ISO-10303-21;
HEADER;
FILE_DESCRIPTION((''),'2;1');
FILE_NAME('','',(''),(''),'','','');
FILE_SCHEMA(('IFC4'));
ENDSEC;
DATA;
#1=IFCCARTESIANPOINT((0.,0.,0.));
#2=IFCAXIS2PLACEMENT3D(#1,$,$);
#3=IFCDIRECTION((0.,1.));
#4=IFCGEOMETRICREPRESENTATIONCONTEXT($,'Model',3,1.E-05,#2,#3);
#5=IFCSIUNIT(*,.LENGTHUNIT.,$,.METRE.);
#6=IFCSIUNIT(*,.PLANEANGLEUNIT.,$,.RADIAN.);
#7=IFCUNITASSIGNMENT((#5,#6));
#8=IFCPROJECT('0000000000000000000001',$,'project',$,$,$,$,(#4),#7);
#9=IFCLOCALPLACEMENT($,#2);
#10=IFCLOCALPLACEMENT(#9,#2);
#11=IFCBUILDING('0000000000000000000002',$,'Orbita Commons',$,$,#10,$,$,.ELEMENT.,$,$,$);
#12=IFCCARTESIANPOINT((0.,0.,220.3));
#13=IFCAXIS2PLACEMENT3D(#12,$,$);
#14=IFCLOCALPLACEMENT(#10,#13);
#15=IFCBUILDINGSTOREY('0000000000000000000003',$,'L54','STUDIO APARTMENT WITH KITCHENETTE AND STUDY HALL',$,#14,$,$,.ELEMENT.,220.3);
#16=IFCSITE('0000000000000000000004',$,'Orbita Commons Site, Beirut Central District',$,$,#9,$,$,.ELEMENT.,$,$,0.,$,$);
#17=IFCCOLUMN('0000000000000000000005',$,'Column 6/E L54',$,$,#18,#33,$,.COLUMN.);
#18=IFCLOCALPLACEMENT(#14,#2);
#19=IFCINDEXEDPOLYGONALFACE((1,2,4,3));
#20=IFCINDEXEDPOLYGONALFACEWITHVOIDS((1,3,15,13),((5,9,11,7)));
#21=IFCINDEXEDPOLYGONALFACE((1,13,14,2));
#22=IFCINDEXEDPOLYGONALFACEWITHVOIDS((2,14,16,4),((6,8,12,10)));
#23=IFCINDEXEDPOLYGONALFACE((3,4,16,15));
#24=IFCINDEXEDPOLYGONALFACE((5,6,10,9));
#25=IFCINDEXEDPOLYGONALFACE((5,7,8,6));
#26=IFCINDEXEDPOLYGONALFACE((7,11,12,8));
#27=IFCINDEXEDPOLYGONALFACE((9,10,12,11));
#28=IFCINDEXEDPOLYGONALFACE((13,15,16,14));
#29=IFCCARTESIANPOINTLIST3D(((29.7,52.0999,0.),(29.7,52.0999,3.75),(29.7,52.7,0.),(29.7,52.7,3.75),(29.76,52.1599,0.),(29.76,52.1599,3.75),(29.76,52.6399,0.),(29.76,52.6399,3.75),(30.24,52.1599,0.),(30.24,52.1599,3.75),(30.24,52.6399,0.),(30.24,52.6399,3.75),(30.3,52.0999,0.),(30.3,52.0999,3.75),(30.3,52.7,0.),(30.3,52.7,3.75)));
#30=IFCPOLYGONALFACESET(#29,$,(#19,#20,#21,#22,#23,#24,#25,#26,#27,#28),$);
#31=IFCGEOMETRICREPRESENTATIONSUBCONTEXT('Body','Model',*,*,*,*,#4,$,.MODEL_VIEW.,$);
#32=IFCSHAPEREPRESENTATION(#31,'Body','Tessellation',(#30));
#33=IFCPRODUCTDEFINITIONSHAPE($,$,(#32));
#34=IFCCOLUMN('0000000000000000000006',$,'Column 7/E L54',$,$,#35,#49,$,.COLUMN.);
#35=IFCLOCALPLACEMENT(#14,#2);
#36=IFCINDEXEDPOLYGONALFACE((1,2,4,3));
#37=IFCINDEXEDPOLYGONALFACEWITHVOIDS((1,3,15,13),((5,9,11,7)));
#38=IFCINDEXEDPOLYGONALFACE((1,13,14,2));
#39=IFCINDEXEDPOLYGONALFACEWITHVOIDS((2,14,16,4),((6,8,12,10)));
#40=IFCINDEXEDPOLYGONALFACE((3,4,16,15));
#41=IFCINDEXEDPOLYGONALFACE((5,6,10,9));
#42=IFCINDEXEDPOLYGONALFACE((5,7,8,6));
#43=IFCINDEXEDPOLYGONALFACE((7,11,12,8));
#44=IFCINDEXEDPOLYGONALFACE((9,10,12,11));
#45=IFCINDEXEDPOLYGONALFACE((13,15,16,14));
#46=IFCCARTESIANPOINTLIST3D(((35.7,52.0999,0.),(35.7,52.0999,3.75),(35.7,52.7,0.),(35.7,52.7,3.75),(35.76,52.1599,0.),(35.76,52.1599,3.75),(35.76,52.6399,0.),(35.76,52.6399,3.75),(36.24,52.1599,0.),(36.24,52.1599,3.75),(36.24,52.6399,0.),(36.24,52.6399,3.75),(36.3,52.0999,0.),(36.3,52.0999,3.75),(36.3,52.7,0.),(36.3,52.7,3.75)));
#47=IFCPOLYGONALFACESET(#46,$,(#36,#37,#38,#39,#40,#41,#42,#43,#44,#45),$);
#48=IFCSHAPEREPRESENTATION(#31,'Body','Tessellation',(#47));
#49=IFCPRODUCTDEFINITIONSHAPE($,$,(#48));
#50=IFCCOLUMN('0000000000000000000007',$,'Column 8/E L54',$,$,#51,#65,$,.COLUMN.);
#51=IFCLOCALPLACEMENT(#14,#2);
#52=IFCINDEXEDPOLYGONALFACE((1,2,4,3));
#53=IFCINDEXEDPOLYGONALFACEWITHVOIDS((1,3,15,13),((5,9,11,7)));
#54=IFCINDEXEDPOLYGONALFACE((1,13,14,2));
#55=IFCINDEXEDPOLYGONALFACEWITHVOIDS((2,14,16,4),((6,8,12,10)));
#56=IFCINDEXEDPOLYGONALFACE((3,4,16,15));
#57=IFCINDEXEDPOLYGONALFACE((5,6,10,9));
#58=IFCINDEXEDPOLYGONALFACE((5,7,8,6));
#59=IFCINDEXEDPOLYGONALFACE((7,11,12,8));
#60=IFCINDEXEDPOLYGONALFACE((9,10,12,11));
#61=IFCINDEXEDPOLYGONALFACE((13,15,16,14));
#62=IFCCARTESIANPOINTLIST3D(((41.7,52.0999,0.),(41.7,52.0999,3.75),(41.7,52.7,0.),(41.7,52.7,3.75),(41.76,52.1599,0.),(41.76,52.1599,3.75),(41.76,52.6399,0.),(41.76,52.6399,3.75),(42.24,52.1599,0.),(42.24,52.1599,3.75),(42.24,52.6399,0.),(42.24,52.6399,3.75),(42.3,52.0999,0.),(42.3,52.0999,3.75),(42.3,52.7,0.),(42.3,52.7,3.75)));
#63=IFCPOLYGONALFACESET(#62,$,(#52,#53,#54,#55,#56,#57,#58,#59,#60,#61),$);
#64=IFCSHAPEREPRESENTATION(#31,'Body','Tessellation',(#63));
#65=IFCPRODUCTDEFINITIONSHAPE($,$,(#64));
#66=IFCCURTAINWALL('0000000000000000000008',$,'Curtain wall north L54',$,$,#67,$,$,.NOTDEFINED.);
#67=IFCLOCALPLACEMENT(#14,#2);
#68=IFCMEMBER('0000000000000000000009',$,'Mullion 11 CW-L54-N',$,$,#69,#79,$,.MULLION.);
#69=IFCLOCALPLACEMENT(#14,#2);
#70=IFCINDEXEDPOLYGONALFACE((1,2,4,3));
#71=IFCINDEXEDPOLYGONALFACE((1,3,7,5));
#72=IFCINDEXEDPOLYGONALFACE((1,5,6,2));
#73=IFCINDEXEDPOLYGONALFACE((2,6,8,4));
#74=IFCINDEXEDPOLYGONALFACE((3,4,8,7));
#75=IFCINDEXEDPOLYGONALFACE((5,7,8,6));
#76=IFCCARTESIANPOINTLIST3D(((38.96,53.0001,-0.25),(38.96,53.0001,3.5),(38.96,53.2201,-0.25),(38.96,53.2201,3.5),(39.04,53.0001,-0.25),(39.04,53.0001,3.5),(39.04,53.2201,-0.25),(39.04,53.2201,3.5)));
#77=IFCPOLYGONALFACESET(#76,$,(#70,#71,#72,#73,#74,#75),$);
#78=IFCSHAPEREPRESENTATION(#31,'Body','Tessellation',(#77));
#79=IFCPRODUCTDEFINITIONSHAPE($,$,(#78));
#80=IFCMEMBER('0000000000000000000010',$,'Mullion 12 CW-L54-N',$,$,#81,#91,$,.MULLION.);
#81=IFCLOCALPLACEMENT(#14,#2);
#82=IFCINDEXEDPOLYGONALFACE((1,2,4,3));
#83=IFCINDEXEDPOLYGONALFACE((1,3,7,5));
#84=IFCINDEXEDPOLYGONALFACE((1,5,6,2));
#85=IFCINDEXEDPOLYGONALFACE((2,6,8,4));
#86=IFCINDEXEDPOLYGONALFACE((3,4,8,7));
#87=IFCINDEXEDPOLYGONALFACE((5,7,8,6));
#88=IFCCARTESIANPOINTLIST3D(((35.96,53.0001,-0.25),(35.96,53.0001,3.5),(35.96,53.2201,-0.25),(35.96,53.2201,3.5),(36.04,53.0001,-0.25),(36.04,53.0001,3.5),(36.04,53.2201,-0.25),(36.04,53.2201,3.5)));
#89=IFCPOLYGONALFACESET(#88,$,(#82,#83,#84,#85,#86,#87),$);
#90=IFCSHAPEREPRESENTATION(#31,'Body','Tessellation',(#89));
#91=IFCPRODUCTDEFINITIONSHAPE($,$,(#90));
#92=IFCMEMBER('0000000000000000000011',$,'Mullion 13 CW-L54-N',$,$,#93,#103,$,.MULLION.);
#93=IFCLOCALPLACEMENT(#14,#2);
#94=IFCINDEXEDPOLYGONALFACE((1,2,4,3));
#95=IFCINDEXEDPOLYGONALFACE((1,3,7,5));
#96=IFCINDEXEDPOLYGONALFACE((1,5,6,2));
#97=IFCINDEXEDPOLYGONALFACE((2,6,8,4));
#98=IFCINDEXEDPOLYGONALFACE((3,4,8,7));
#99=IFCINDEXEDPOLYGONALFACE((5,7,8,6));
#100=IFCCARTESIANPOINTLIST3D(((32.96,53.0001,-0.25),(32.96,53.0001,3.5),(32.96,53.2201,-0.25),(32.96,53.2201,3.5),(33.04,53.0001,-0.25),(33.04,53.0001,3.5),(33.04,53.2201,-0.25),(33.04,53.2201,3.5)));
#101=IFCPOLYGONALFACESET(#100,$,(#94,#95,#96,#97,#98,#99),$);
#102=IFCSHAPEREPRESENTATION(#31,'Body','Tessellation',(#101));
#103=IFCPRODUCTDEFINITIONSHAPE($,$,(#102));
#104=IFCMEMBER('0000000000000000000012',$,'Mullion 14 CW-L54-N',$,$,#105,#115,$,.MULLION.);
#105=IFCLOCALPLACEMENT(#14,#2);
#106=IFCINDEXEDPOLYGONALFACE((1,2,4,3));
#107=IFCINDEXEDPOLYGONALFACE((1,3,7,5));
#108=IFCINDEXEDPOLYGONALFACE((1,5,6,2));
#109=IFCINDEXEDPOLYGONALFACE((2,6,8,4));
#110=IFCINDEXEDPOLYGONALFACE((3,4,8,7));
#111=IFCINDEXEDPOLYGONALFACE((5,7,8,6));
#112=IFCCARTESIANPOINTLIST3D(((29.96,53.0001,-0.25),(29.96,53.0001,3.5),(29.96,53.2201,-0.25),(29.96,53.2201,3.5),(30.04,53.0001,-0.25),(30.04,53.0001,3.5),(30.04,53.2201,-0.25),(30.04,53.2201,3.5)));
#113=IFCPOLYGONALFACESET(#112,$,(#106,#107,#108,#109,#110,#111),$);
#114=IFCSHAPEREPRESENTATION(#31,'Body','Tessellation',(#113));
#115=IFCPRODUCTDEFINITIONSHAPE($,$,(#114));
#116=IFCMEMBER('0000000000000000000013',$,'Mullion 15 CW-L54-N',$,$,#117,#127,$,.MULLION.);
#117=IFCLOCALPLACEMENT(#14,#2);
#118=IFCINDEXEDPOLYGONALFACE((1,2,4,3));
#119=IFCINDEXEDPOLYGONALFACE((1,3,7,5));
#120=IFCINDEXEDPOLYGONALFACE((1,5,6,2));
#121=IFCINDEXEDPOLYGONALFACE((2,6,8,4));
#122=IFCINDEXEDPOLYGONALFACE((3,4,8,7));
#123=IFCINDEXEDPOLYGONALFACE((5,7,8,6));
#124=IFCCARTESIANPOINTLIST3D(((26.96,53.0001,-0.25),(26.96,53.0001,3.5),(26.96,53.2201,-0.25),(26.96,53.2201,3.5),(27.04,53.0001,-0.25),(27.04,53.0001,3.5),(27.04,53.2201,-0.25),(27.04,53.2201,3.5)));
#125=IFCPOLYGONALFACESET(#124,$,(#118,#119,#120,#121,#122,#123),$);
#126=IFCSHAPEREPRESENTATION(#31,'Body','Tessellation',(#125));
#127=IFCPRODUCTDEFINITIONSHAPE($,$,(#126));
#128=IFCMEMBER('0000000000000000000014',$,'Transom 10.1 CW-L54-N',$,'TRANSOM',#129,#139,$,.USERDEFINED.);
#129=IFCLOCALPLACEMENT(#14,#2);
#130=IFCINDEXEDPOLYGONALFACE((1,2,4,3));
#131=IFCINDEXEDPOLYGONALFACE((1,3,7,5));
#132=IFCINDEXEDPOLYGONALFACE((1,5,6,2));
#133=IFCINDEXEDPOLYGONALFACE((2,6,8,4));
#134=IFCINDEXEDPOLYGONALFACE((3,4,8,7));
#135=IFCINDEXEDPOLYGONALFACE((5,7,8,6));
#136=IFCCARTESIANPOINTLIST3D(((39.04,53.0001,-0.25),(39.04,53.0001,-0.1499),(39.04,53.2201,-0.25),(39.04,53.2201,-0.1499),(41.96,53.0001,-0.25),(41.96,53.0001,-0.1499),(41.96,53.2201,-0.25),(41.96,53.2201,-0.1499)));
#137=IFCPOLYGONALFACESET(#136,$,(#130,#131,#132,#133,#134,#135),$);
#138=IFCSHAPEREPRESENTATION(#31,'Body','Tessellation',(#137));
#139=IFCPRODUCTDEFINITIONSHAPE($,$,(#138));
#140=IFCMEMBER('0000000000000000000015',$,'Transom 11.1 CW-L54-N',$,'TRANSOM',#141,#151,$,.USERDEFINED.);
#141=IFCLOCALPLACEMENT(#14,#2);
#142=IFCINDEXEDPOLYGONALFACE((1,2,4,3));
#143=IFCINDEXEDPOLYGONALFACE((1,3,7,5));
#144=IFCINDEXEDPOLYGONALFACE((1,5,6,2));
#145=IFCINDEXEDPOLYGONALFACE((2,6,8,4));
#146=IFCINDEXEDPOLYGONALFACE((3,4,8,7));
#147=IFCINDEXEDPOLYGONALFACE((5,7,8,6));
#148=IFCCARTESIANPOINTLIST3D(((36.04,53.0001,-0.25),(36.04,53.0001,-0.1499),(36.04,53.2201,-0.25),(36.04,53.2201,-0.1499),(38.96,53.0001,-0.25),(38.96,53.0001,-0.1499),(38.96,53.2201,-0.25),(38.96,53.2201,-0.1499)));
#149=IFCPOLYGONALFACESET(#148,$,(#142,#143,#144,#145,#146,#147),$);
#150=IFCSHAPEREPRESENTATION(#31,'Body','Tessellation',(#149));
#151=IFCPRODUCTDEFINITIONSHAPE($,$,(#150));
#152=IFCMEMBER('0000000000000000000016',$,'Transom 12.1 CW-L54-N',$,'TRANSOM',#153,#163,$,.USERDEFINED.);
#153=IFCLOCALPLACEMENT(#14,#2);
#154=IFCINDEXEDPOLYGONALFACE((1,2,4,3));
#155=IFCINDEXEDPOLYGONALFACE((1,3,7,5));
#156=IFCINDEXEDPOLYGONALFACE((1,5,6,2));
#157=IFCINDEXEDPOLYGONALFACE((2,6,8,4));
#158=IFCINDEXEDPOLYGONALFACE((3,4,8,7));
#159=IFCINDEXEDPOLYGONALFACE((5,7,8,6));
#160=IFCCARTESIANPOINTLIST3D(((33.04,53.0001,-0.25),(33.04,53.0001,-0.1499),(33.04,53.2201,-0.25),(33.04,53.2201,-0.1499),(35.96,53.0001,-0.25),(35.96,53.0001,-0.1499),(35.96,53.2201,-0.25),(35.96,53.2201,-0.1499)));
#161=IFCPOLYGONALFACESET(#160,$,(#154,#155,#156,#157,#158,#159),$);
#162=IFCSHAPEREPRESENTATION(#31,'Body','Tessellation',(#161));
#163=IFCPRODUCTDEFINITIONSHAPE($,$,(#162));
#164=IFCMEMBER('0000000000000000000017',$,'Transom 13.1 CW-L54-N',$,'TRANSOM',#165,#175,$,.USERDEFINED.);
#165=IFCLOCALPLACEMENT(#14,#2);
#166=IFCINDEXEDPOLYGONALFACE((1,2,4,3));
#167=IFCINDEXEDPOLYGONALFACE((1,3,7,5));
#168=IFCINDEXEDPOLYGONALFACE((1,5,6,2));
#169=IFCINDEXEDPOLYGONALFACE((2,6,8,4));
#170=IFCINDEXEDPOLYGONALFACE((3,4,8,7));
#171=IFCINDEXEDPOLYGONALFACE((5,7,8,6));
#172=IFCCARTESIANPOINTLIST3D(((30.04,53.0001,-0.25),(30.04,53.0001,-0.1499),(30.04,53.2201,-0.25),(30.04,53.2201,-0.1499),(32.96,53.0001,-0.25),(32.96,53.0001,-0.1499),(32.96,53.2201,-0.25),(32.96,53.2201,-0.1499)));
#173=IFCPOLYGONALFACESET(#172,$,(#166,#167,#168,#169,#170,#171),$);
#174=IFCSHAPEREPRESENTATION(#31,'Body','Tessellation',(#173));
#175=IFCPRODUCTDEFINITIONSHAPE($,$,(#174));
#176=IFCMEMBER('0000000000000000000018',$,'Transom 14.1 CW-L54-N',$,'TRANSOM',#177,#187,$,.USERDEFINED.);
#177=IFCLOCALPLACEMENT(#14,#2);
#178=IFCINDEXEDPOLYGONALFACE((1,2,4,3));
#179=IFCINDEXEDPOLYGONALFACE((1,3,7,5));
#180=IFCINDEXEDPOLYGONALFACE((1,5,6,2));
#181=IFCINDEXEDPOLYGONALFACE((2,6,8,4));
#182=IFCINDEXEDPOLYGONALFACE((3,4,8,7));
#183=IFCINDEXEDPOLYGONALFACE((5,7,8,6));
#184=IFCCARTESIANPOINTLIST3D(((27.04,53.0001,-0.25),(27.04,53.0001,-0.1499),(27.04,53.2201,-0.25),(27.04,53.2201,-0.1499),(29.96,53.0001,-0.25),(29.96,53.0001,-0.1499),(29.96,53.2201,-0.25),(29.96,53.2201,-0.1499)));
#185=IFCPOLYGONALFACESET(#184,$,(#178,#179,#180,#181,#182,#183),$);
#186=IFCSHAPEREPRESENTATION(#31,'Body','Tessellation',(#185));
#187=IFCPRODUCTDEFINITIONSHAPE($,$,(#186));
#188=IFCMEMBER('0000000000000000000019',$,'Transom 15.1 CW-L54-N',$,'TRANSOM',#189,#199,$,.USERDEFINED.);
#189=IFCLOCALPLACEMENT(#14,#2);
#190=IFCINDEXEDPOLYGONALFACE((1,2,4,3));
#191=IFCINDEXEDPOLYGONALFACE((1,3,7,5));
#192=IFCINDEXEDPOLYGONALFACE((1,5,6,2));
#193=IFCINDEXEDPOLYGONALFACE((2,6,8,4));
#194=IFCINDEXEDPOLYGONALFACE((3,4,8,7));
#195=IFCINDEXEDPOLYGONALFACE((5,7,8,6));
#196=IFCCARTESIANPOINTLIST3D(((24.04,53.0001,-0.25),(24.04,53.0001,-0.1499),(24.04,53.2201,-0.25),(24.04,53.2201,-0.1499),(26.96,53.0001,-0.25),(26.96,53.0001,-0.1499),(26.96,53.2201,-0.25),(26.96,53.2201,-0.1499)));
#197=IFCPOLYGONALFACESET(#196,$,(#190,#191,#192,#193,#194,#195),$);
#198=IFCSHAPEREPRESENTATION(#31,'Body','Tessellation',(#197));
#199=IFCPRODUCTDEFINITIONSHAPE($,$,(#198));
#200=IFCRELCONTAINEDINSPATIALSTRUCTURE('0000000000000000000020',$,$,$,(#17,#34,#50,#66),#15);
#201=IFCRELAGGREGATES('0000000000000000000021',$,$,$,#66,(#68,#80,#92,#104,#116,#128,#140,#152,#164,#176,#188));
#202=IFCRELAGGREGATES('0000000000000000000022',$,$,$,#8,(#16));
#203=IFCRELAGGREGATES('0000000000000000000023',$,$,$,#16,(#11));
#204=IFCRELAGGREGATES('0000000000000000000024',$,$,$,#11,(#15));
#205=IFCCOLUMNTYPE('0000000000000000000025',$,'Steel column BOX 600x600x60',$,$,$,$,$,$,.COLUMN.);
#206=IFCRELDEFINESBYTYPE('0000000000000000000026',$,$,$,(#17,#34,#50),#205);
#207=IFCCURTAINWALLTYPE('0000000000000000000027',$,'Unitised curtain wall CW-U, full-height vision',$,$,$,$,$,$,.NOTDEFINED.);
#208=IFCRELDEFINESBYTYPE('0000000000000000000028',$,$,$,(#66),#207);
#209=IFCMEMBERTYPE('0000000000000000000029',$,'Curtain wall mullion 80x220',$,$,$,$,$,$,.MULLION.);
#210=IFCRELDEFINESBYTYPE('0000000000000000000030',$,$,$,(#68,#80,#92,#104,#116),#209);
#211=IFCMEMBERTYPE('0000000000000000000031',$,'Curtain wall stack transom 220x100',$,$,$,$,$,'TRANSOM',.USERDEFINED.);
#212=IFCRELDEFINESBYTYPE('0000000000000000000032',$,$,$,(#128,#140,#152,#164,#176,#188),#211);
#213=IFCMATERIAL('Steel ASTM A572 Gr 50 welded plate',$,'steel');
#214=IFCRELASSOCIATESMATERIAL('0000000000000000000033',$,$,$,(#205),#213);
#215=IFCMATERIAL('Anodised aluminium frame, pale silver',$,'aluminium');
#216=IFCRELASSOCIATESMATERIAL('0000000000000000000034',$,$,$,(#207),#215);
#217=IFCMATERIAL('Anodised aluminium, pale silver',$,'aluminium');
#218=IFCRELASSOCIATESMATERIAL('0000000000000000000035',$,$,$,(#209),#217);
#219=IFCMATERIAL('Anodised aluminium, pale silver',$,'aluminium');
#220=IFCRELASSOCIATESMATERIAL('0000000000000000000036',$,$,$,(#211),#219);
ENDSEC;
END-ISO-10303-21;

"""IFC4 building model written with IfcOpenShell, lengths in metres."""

from ifc_helpers import new_model, si_unit, direction, frame, origin, origin_2d, place, context, subcontext, project, spatial, rectangle, hollow_rectangle, extrude, material, material_profile, profile_set, type_object, element, aggregate, save


model = new_model("IFC4")

# Units and contexts
model_context = context("Model", 3, precision=1e-05, world=origin(), true_north=direction((0.0, 1.0)))
body_context = subcontext(model_context, "Body", "Model", "MODEL_VIEW")
ifc_project = project(units=[si_unit("LENGTHUNIT", "METRE"), si_unit("PLANEANGLEUNIT", "RADIAN")], contexts=[model_context])

# Site, building, storey
site_placement = place(None, origin())
site = spatial("IfcSite", under=ifc_project, at=site_placement, Name="Orbita Commons Site, Beirut Central District", CompositionType="ELEMENT", RefElevation=0.0)
building_placement = place(site_placement, origin())
building = spatial("IfcBuilding", under=site, at=building_placement, Name="Orbita Commons", CompositionType="ELEMENT")
storey_placement = place(building_placement, frame((0.0, 0.0, 220.3)))
storey = spatial("IfcBuildingStorey", under=building, at=storey_placement, Name="L54", Description="STUDIO APARTMENT WITH KITCHENETTE AND STUDY HALL", CompositionType="ELEMENT", Elevation=220.3)

# Columns
ifc_material_1 = material(Name="Steel ASTM A572 Gr 50 welded plate", Category="steel")
ifc_material_profile_1 = material_profile(ifc_material_1, hollow_rectangle(XDim=0.6001, YDim=0.6001, WallThickness=0.0601, at=origin_2d()), Name="BOX 600x600x60")
ifc_profile_set_1 = profile_set([ifc_material_profile_1], Name="Steel ASTM A572 Gr 50 welded plate")
column_type = type_object("IfcColumnType", Name="Steel column BOX 600x600x60", PredefinedType="COLUMN", material=ifc_profile_set_1)
for number, where, z_axis, x_axis, name in (
    (1, (30.0, 52.3999, 0.0), (0.0, 0.0, 1.0), (1.0, 0.0, 0.0), "Column 6/E L54"),
    (2, (36.0, 52.3999, 0.0), (0.0, 0.0, 1.0), (1.0, 0.0, 0.0), "Column 7/E L54"),
    (3, (42.0, 52.3999, 0.0), (0.0, 0.0, 1.0), (1.0, 0.0, 0.0), "Column 8/E L54"),
):
    element("IfcColumn", number, at=place(storey_placement, frame(where, z_axis=z_axis, x_axis=x_axis)), inside=storey, type_object=column_type, Name=name, PredefinedType="COLUMN", context=body_context, shape_type="SweptSolid", body=[
        extrude(hollow_rectangle(XDim=0.6001, YDim=0.6001, WallThickness=0.0601, at=origin_2d()), origin(), (0.0, 0.0, 1.0), 3.75),
    ])

# Curtain wall, members
ifc_material_2 = material(Name="Anodised aluminium frame, pale silver", Category="aluminium")
curtain_wall_type = type_object("IfcCurtainWallType", Name="Unitised curtain wall CW-U, full-height vision", PredefinedType="NOTDEFINED", material=ifc_material_2)
curtain_wall_placement = place(storey_placement, origin())
curtain_wall = element("IfcCurtainWall", 4, at=curtain_wall_placement, inside=storey, type_object=curtain_wall_type, Name="Curtain wall north L54", PredefinedType="NOTDEFINED")
ifc_material_3 = material(Name="Anodised aluminium, pale silver", Category="aluminium")
ifc_material_profile_2 = material_profile(ifc_material_3, rectangle(XDim=0.0801, YDim=0.22, at=origin_2d()), Name="AL 80x220")
ifc_profile_set_2 = profile_set([ifc_material_profile_2], Name="Anodised aluminium, pale silver")
member_type_1 = type_object("IfcMemberType", Name="Curtain wall mullion 80x220", PredefinedType="MULLION", material=ifc_profile_set_2)
member_1_placement = place(storey_placement, frame((39.0, 53.1101, -0.25), z_axis=(0.0, 0.0, 1.0), x_axis=(-1.0, 0.0, 0.0)))
member_1 = element("IfcMember", 5, at=member_1_placement, type_object=member_type_1, Name="Mullion 11 CW-L54-N", PredefinedType="MULLION", context=body_context, shape_type="SweptSolid", body=[
    extrude(rectangle(XDim=0.0801, YDim=0.22, at=origin_2d()), origin(), (0.0, 0.0, 1.0), 3.75),
])
member_2_placement = place(storey_placement, frame((36.0, 53.1101, -0.25), z_axis=(0.0, 0.0, 1.0), x_axis=(-1.0, 0.0, 0.0)))
member_2 = element("IfcMember", 6, at=member_2_placement, type_object=member_type_1, Name="Mullion 12 CW-L54-N", PredefinedType="MULLION", context=body_context, shape_type="SweptSolid", body=[
    extrude(rectangle(XDim=0.0801, YDim=0.22, at=origin_2d()), origin(), (0.0, 0.0, 1.0), 3.75),
])
member_3_placement = place(storey_placement, frame((33.0, 53.1101, -0.25), z_axis=(0.0, 0.0, 1.0), x_axis=(-1.0, 0.0, 0.0)))
member_3 = element("IfcMember", 7, at=member_3_placement, type_object=member_type_1, Name="Mullion 13 CW-L54-N", PredefinedType="MULLION", context=body_context, shape_type="SweptSolid", body=[
    extrude(rectangle(XDim=0.0801, YDim=0.22, at=origin_2d()), origin(), (0.0, 0.0, 1.0), 3.75),
])
member_4_placement = place(storey_placement, frame((30.0, 53.1101, -0.25), z_axis=(0.0, 0.0, 1.0), x_axis=(-1.0, 0.0, 0.0)))
member_4 = element("IfcMember", 8, at=member_4_placement, type_object=member_type_1, Name="Mullion 14 CW-L54-N", PredefinedType="MULLION", context=body_context, shape_type="SweptSolid", body=[
    extrude(rectangle(XDim=0.0801, YDim=0.22, at=origin_2d()), origin(), (0.0, 0.0, 1.0), 3.75),
])
member_5_placement = place(storey_placement, frame((27.0, 53.1101, -0.25), z_axis=(0.0, 0.0, 1.0), x_axis=(-1.0, 0.0, 0.0)))
member_5 = element("IfcMember", 9, at=member_5_placement, type_object=member_type_1, Name="Mullion 15 CW-L54-N", PredefinedType="MULLION", context=body_context, shape_type="SweptSolid", body=[
    extrude(rectangle(XDim=0.0801, YDim=0.22, at=origin_2d()), origin(), (0.0, 0.0, 1.0), 3.75),
])
ifc_material_4 = material(Name="Anodised aluminium, pale silver", Category="aluminium")
ifc_material_profile_3 = material_profile(ifc_material_4, rectangle(XDim=0.22, YDim=0.1001, at=origin_2d()), Name="AL 220x100")
ifc_profile_set_3 = profile_set([ifc_material_profile_3], Name="Anodised aluminium, pale silver")
member_type_2 = type_object("IfcMemberType", Name="Curtain wall stack transom 220x100", ElementType="TRANSOM", PredefinedType="USERDEFINED", material=ifc_profile_set_3)
member_6_placement = place(storey_placement, frame((41.96, 53.1101, -0.2), z_axis=(-1.0, 0.0, 0.0), x_axis=(0.0, -1.0, 0.0)))
member_6 = element("IfcMember", 10, at=member_6_placement, type_object=member_type_2, Name="Transom 10.1 CW-L54-N", ObjectType="TRANSOM", PredefinedType="USERDEFINED", context=body_context, shape_type="SweptSolid", body=[
    extrude(rectangle(XDim=0.22, YDim=0.1001, at=origin_2d()), origin(), (0.0, 0.0, 1.0), 2.9199),
])
member_7_placement = place(storey_placement, frame((38.96, 53.1101, -0.2), z_axis=(-1.0, 0.0, 0.0), x_axis=(0.0, -1.0, 0.0)))
member_7 = element("IfcMember", 11, at=member_7_placement, type_object=member_type_2, Name="Transom 11.1 CW-L54-N", ObjectType="TRANSOM", PredefinedType="USERDEFINED", context=body_context, shape_type="SweptSolid", body=[
    extrude(rectangle(XDim=0.22, YDim=0.1001, at=origin_2d()), origin(), (0.0, 0.0, 1.0), 2.9199),
])
member_8_placement = place(storey_placement, frame((35.96, 53.1101, -0.2), z_axis=(-1.0, 0.0, 0.0), x_axis=(0.0, -1.0, 0.0)))
member_8 = element("IfcMember", 12, at=member_8_placement, type_object=member_type_2, Name="Transom 12.1 CW-L54-N", ObjectType="TRANSOM", PredefinedType="USERDEFINED", context=body_context, shape_type="SweptSolid", body=[
    extrude(rectangle(XDim=0.22, YDim=0.1001, at=origin_2d()), origin(), (0.0, 0.0, 1.0), 2.9199),
])
member_9_placement = place(storey_placement, frame((32.96, 53.1101, -0.2), z_axis=(-1.0, 0.0, 0.0), x_axis=(0.0, -1.0, 0.0)))
member_9 = element("IfcMember", 13, at=member_9_placement, type_object=member_type_2, Name="Transom 13.1 CW-L54-N", ObjectType="TRANSOM", PredefinedType="USERDEFINED", context=body_context, shape_type="SweptSolid", body=[
    extrude(rectangle(XDim=0.22, YDim=0.1001, at=origin_2d()), origin(), (0.0, 0.0, 1.0), 2.9199),
])
member_10_placement = place(storey_placement, frame((29.96, 53.1101, -0.2), z_axis=(-1.0, 0.0, 0.0), x_axis=(0.0, -1.0, 0.0)))
member_10 = element("IfcMember", 14, at=member_10_placement, type_object=member_type_2, Name="Transom 14.1 CW-L54-N", ObjectType="TRANSOM", PredefinedType="USERDEFINED", context=body_context, shape_type="SweptSolid", body=[
    extrude(rectangle(XDim=0.22, YDim=0.1001, at=origin_2d()), origin(), (0.0, 0.0, 1.0), 2.9199),
])
member_11_placement = place(storey_placement, frame((26.96, 53.1101, -0.2), z_axis=(-1.0, 0.0, 0.0), x_axis=(0.0, -1.0, 0.0)))
member_11 = element("IfcMember", 15, at=member_11_placement, type_object=member_type_2, Name="Transom 15.1 CW-L54-N", ObjectType="TRANSOM", PredefinedType="USERDEFINED", context=body_context, shape_type="SweptSolid", body=[
    extrude(rectangle(XDim=0.22, YDim=0.1001, at=origin_2d()), origin(), (0.0, 0.0, 1.0), 2.9199),
])

aggregate(curtain_wall, [member_1, member_2, member_3, member_4, member_5, member_6, member_7, member_8, member_9, member_10, member_11])

save(model, "model.ifc")
